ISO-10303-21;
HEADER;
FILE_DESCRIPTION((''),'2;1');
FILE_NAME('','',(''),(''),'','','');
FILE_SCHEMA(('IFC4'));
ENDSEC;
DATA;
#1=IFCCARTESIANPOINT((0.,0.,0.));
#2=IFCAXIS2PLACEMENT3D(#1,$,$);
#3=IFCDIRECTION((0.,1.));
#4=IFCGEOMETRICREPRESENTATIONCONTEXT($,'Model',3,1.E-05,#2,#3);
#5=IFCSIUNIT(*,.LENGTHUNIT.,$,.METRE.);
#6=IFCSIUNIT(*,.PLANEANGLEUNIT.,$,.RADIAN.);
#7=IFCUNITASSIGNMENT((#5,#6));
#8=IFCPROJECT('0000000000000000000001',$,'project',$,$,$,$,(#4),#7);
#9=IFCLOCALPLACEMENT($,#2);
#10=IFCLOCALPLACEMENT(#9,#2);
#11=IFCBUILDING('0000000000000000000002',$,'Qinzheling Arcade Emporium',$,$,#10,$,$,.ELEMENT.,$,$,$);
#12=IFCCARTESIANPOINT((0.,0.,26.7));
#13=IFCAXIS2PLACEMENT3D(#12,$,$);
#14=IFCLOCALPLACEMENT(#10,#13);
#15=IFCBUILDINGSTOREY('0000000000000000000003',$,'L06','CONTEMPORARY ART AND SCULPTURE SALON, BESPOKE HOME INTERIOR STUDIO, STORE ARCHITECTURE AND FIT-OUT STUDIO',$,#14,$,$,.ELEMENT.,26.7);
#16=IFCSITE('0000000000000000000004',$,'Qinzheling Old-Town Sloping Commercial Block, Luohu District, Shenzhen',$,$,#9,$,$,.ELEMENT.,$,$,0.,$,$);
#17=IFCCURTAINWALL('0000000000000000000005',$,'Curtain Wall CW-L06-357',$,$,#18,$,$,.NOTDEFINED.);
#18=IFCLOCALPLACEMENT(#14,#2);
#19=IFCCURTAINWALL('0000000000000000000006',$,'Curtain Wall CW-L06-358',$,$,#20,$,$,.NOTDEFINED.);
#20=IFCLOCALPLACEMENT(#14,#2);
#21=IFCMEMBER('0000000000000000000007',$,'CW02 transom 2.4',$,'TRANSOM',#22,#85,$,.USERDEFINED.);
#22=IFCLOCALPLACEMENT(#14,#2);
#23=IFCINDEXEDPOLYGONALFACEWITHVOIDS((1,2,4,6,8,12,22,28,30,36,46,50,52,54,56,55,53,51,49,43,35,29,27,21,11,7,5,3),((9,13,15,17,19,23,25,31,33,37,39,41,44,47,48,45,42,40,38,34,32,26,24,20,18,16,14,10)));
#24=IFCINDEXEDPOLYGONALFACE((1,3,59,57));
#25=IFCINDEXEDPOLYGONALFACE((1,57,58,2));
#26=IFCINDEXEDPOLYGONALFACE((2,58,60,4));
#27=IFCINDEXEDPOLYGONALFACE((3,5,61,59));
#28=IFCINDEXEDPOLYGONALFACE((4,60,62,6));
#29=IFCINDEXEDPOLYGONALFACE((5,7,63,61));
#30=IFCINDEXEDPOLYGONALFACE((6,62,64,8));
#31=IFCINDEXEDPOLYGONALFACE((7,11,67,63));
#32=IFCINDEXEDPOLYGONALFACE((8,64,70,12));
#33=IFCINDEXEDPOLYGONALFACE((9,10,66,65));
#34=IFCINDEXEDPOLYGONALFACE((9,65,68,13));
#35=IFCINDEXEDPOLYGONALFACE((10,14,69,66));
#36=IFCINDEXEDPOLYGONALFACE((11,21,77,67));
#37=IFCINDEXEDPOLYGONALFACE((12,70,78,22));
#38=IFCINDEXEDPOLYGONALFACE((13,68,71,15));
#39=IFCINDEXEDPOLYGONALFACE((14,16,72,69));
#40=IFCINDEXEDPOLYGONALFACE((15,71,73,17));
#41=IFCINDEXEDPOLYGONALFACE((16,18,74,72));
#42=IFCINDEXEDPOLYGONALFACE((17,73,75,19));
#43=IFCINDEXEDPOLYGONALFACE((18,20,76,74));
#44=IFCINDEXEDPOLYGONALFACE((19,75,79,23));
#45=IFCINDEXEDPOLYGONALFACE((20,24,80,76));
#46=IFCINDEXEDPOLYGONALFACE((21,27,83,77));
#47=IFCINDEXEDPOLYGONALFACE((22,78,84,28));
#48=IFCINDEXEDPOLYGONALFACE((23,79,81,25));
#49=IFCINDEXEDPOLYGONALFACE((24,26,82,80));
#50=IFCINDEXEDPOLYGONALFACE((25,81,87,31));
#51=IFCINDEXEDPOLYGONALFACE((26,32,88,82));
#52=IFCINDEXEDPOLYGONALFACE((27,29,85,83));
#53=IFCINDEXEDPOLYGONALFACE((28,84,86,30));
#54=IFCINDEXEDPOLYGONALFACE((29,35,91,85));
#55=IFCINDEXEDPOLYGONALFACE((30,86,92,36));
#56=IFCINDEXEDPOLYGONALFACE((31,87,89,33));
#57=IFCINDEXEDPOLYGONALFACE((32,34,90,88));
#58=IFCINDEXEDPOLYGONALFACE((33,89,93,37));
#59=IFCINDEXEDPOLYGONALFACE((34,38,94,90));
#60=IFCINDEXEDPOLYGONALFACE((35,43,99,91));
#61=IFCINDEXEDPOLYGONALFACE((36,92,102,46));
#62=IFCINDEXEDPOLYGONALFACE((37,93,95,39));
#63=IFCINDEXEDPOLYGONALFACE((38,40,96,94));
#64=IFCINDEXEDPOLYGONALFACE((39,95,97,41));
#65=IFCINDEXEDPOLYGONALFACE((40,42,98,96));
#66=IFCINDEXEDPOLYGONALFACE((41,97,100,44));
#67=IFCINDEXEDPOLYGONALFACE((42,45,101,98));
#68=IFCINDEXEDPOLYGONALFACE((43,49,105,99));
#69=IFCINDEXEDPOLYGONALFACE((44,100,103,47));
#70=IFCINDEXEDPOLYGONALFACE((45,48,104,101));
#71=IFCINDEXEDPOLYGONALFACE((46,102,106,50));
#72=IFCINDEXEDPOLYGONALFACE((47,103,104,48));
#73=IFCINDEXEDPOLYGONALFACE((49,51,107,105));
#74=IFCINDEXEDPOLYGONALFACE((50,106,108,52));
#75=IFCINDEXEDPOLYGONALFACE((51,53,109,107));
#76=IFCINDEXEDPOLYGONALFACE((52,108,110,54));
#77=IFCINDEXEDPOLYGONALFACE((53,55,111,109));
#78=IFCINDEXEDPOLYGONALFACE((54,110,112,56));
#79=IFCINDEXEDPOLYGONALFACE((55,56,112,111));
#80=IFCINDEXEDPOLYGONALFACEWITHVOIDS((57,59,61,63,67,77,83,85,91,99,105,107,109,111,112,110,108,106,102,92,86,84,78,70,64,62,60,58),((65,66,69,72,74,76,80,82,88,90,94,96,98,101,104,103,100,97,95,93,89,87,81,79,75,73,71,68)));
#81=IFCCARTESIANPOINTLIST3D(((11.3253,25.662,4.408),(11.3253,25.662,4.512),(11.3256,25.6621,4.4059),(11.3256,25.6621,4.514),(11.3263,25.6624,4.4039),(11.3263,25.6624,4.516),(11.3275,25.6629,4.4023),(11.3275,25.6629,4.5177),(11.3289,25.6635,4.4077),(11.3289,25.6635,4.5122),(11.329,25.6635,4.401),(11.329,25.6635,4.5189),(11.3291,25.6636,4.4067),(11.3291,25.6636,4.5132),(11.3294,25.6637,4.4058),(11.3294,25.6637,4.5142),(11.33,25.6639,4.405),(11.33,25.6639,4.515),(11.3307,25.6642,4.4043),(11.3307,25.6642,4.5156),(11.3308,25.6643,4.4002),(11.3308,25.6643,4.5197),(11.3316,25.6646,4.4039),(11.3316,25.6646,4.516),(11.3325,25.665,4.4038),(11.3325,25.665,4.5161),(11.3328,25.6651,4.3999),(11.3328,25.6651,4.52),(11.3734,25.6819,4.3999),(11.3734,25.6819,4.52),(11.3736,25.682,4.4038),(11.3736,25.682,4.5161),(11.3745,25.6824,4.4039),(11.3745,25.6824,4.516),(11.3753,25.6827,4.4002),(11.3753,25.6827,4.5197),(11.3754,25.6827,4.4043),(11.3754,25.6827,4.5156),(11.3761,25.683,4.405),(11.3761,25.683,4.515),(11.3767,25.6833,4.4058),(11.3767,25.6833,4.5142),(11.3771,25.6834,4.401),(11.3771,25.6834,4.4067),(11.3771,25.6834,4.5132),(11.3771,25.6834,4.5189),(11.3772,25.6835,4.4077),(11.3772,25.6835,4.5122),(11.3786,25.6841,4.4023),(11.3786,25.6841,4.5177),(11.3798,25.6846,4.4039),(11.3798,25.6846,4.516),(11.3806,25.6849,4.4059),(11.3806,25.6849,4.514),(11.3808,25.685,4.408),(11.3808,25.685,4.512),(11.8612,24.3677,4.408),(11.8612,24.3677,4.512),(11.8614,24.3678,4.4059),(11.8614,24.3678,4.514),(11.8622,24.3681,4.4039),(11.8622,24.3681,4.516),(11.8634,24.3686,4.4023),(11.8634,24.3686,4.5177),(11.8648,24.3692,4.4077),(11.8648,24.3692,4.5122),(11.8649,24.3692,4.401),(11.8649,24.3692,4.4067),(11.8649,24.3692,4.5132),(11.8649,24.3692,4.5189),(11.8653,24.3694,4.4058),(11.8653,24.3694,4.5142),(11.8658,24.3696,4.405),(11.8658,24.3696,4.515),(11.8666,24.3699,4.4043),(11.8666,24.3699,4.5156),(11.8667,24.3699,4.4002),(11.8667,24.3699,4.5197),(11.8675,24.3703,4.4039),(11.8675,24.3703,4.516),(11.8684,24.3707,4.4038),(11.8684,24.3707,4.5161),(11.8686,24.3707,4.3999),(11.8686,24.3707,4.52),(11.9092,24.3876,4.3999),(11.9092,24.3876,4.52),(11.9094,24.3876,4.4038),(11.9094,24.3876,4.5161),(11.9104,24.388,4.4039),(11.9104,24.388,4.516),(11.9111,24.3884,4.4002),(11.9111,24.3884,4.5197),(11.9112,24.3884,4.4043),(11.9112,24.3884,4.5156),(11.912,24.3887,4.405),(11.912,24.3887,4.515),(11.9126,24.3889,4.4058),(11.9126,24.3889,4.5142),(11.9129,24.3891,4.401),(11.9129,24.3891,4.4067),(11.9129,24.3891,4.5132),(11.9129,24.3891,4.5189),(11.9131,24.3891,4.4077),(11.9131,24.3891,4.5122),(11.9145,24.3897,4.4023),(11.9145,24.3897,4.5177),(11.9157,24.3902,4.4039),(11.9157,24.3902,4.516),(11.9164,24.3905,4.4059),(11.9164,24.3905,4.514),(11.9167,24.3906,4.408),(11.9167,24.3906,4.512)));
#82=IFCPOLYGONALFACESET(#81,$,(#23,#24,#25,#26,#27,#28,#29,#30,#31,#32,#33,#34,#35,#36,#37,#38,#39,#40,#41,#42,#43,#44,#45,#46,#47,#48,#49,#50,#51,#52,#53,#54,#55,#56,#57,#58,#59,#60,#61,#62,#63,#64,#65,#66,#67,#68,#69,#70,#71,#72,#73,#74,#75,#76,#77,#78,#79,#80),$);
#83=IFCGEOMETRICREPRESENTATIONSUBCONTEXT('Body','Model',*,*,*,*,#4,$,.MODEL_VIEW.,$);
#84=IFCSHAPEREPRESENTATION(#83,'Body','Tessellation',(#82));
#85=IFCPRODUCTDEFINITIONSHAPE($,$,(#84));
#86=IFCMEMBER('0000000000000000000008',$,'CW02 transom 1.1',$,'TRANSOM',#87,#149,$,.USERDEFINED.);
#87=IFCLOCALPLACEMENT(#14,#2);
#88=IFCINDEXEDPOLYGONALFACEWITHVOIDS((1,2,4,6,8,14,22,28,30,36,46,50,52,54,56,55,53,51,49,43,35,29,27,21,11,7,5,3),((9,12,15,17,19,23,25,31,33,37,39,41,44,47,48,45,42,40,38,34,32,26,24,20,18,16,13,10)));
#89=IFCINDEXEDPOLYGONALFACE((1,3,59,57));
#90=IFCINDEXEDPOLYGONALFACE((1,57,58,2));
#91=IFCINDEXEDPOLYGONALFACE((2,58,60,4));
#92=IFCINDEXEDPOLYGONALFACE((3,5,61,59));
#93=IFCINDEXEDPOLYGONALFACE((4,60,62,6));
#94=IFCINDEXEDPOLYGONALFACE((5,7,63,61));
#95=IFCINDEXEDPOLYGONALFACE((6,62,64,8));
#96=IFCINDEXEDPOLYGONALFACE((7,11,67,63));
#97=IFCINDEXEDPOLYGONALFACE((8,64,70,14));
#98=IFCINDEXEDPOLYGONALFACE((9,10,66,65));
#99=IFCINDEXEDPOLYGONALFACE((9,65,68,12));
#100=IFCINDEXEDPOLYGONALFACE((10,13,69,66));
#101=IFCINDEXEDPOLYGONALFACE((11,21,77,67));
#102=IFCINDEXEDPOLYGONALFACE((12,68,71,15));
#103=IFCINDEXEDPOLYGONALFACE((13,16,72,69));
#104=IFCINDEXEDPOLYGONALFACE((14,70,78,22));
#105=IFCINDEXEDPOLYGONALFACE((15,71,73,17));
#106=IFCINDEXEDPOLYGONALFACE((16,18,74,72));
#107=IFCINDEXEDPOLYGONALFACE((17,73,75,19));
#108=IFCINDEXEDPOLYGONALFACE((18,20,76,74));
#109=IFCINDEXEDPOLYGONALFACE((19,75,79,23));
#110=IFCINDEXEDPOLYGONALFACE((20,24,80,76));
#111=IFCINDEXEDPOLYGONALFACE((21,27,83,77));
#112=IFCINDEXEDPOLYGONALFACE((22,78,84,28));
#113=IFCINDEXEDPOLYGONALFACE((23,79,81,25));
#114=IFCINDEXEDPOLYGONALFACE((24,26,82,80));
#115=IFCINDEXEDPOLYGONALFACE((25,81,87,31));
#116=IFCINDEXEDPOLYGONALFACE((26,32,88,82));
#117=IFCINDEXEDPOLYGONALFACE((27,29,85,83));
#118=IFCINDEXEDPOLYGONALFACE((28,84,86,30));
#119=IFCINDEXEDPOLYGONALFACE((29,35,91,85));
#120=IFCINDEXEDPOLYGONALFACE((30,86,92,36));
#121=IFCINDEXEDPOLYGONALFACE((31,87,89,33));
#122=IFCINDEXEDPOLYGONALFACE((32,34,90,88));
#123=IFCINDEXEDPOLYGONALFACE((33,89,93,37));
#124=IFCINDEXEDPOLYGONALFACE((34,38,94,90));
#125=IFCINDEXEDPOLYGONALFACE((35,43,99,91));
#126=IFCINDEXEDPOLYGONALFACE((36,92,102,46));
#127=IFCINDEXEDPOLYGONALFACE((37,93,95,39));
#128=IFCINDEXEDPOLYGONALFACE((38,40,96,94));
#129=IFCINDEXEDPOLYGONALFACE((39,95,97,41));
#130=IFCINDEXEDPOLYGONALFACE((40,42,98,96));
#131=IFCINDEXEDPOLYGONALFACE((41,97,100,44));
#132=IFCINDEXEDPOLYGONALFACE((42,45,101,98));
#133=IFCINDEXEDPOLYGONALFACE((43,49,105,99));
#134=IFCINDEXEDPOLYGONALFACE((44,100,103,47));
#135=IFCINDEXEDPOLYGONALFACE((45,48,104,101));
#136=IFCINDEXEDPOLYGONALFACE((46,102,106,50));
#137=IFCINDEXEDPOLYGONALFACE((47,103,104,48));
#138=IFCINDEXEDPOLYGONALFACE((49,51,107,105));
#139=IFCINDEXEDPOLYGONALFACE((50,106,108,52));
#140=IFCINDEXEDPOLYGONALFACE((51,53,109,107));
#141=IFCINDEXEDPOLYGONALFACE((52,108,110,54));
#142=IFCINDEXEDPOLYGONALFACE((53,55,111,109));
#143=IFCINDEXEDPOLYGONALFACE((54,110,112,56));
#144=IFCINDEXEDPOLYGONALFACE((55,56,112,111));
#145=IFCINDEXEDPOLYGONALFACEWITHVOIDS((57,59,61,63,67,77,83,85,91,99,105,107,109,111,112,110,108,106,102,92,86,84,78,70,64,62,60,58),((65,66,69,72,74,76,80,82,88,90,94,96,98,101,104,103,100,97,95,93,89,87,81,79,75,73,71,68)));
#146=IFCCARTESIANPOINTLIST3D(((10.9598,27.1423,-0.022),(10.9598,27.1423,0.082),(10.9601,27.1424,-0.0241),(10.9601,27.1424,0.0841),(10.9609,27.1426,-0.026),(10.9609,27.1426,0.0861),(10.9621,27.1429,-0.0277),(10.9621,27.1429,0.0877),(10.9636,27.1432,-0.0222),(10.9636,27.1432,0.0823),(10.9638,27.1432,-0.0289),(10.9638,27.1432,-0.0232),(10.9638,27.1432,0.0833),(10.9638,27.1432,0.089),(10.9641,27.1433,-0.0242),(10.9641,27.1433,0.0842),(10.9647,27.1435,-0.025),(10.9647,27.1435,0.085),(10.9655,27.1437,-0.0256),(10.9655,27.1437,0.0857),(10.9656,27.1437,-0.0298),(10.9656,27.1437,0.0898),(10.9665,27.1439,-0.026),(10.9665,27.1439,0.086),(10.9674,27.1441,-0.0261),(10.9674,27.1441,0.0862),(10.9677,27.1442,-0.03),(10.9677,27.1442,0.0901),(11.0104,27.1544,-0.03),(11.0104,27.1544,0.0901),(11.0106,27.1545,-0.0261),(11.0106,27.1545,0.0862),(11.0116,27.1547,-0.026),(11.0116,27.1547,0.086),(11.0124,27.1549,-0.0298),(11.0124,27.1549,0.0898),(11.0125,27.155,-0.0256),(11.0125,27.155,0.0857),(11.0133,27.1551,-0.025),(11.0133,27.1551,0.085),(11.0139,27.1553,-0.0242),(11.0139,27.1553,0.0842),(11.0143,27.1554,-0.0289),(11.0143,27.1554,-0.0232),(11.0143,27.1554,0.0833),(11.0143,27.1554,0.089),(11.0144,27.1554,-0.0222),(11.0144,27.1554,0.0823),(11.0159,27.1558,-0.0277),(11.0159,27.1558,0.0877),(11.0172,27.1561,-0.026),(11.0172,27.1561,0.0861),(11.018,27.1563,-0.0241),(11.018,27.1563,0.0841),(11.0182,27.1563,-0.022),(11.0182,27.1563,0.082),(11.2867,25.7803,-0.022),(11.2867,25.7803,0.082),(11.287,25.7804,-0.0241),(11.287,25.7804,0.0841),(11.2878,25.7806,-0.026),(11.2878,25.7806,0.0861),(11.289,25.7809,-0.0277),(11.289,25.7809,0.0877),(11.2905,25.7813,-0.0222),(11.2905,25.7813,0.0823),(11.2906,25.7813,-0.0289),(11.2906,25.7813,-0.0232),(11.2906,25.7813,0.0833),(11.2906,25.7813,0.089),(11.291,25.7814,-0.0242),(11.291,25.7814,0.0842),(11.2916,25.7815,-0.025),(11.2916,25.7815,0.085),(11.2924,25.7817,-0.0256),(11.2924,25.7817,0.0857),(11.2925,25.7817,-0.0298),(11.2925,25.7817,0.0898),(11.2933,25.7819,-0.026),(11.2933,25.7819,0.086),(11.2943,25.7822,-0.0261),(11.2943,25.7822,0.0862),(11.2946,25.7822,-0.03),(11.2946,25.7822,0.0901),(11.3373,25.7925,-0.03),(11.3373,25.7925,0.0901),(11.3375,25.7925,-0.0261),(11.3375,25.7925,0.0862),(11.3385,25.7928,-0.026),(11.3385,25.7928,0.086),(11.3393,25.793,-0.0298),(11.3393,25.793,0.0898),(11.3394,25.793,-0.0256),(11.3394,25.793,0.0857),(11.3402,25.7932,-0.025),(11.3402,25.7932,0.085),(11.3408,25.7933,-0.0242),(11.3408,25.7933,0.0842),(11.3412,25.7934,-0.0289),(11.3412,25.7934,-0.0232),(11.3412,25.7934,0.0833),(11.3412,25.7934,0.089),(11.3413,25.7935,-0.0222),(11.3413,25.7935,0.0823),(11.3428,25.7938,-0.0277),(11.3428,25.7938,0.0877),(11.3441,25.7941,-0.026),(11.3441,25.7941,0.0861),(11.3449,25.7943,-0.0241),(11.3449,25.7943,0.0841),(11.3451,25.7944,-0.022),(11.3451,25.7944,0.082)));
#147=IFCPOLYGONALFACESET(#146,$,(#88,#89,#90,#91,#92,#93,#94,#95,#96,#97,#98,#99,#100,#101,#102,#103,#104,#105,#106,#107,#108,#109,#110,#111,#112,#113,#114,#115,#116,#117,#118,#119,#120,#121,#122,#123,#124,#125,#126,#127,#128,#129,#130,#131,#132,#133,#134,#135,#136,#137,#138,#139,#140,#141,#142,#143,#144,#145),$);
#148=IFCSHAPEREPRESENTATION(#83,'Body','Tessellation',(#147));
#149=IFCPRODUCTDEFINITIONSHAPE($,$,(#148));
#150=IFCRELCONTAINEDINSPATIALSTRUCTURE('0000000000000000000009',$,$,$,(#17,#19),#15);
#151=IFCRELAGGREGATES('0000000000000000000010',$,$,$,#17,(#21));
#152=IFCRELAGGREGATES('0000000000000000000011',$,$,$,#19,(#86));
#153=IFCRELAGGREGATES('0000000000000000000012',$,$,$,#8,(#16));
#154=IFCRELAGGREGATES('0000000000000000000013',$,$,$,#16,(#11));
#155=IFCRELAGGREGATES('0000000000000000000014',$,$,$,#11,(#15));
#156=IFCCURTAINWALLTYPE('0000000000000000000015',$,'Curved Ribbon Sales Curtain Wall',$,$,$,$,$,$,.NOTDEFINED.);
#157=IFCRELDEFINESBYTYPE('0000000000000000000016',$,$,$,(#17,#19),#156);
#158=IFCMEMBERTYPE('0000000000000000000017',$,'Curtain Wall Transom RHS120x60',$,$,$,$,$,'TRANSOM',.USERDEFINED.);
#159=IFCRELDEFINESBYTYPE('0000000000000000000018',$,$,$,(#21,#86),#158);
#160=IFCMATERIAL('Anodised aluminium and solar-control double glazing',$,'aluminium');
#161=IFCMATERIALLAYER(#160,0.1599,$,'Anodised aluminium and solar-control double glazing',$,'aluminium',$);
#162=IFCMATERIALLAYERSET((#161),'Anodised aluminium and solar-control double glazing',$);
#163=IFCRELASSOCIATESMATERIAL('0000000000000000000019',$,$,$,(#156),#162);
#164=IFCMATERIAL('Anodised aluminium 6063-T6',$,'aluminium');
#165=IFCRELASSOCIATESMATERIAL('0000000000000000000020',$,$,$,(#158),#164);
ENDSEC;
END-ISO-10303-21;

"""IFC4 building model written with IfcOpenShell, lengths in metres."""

from ifc_helpers import new_model, si_unit, direction, frame, origin, origin_2d, place, context, subcontext, project, spatial, hollow_rectangle, extrude, material, layer, layer_set, material_profile, profile_set, type_object, element, aggregate, save


model = new_model("IFC4")

# Units and contexts
model_context = context("Model", 3, precision=1e-05, world=origin(), true_north=direction((0.0, 1.0)))
body_context = subcontext(model_context, "Body", "Model", "MODEL_VIEW")
ifc_project = project(units=[si_unit("LENGTHUNIT", "METRE"), si_unit("PLANEANGLEUNIT", "RADIAN")], contexts=[model_context])

# Site, building, storey
site_placement = place(None, origin())
site = spatial("IfcSite", under=ifc_project, at=site_placement, Name="Qinzheling Old-Town Sloping Commercial Block, Luohu District, Shenzhen", CompositionType="ELEMENT", RefElevation=0.0)
building_placement = place(site_placement, origin())
building = spatial("IfcBuilding", under=site, at=building_placement, Name="Qinzheling Arcade Emporium", CompositionType="ELEMENT")
storey_placement = place(building_placement, frame((0.0, 0.0, 26.7)))
storey = spatial("IfcBuildingStorey", under=building, at=storey_placement, Name="L06", Description="CONTEMPORARY ART AND SCULPTURE SALON, BESPOKE HOME INTERIOR STUDIO, STORE ARCHITECTURE AND FIT-OUT STUDIO", CompositionType="ELEMENT", Elevation=26.7)

# Curtain wall
ifc_material_1 = material(Name="Anodised aluminium and solar-control double glazing", Category="aluminium")
ifc_layer_1 = layer(ifc_material_1, 0.1599, Name="Anodised aluminium and solar-control double glazing", Category="aluminium")
ifc_layer_set_1 = layer_set([ifc_layer_1], Name="Anodised aluminium and solar-control double glazing")
curtain_wall_type = type_object("IfcCurtainWallType", Name="Curved Ribbon Sales Curtain Wall", PredefinedType="NOTDEFINED", material=ifc_layer_set_1)
curtain_wall_1_placement = place(storey_placement, origin())
curtain_wall_1 = element("IfcCurtainWall", 1, at=curtain_wall_1_placement, inside=storey, type_object=curtain_wall_type, Name="Curtain Wall CW-L06-357", PredefinedType="NOTDEFINED")
ifc_material_2 = material(Name="Anodised aluminium 6063-T6", Category="aluminium")

# Curtain wall
curtain_wall_2_placement = place(storey_placement, origin())
curtain_wall_2 = element("IfcCurtainWall", 2, at=curtain_wall_2_placement, inside=storey, type_object=curtain_wall_type, Name="Curtain Wall CW-L06-358", PredefinedType="NOTDEFINED")

# Members
ifc_material_profile_1 = material_profile(ifc_material_2, hollow_rectangle(XDim=0.0601, YDim=0.1201, WallThickness=0.0039, InnerFilletRadius=0.0039, OuterFilletRadius=0.0081, at=origin_2d()), Name="RHS 120x60x4", Category="aluminium")
ifc_profile_set_1 = profile_set([ifc_material_profile_1], Name="Anodised aluminium 6063-T6")
member_type_1 = type_object("IfcMemberType", Name="Curtain Wall Transom RHS120x60", ElementType="TRANSOM", PredefinedType="USERDEFINED", material=ifc_profile_set_1)
member_1_placement = place(storey_placement, frame((11.8889, 24.3792, 4.46), z_axis=(-0.382511, 0.923951, 0.0), x_axis=(-0.923951, -0.382511, 0.0)))
member_1 = element("IfcMember", 3, at=member_1_placement, type_object=member_type_1, Name="CW02 transom 2.4", ObjectType="TRANSOM", PredefinedType="USERDEFINED", context=body_context, shape_type="SweptSolid", body=[
    extrude(hollow_rectangle(XDim=0.0601, YDim=0.1201, WallThickness=0.0039, InnerFilletRadius=0.0039, OuterFilletRadius=0.0081, at=origin_2d()), origin(), (0.0, 0.0, 1.0), 1.4009),
])
member_2_placement = place(storey_placement, frame((11.3159, 25.7874, 0.03), z_axis=(-0.23338, 0.972386, 0.0), x_axis=(-0.972386, -0.23338, 0.0)))
member_2 = element("IfcMember", 4, at=member_2_placement, type_object=member_type_1, Name="CW02 transom 1.1", ObjectType="TRANSOM", PredefinedType="USERDEFINED", context=body_context, shape_type="SweptSolid", body=[
    extrude(hollow_rectangle(XDim=0.0601, YDim=0.1201, WallThickness=0.0039, InnerFilletRadius=0.0039, OuterFilletRadius=0.0081, at=origin_2d()), origin(), (0.0, 0.0, 1.0), 1.4006),
])

aggregate(curtain_wall_1, [member_1])
aggregate(curtain_wall_2, [member_2])

save(model, "model.ifc")
